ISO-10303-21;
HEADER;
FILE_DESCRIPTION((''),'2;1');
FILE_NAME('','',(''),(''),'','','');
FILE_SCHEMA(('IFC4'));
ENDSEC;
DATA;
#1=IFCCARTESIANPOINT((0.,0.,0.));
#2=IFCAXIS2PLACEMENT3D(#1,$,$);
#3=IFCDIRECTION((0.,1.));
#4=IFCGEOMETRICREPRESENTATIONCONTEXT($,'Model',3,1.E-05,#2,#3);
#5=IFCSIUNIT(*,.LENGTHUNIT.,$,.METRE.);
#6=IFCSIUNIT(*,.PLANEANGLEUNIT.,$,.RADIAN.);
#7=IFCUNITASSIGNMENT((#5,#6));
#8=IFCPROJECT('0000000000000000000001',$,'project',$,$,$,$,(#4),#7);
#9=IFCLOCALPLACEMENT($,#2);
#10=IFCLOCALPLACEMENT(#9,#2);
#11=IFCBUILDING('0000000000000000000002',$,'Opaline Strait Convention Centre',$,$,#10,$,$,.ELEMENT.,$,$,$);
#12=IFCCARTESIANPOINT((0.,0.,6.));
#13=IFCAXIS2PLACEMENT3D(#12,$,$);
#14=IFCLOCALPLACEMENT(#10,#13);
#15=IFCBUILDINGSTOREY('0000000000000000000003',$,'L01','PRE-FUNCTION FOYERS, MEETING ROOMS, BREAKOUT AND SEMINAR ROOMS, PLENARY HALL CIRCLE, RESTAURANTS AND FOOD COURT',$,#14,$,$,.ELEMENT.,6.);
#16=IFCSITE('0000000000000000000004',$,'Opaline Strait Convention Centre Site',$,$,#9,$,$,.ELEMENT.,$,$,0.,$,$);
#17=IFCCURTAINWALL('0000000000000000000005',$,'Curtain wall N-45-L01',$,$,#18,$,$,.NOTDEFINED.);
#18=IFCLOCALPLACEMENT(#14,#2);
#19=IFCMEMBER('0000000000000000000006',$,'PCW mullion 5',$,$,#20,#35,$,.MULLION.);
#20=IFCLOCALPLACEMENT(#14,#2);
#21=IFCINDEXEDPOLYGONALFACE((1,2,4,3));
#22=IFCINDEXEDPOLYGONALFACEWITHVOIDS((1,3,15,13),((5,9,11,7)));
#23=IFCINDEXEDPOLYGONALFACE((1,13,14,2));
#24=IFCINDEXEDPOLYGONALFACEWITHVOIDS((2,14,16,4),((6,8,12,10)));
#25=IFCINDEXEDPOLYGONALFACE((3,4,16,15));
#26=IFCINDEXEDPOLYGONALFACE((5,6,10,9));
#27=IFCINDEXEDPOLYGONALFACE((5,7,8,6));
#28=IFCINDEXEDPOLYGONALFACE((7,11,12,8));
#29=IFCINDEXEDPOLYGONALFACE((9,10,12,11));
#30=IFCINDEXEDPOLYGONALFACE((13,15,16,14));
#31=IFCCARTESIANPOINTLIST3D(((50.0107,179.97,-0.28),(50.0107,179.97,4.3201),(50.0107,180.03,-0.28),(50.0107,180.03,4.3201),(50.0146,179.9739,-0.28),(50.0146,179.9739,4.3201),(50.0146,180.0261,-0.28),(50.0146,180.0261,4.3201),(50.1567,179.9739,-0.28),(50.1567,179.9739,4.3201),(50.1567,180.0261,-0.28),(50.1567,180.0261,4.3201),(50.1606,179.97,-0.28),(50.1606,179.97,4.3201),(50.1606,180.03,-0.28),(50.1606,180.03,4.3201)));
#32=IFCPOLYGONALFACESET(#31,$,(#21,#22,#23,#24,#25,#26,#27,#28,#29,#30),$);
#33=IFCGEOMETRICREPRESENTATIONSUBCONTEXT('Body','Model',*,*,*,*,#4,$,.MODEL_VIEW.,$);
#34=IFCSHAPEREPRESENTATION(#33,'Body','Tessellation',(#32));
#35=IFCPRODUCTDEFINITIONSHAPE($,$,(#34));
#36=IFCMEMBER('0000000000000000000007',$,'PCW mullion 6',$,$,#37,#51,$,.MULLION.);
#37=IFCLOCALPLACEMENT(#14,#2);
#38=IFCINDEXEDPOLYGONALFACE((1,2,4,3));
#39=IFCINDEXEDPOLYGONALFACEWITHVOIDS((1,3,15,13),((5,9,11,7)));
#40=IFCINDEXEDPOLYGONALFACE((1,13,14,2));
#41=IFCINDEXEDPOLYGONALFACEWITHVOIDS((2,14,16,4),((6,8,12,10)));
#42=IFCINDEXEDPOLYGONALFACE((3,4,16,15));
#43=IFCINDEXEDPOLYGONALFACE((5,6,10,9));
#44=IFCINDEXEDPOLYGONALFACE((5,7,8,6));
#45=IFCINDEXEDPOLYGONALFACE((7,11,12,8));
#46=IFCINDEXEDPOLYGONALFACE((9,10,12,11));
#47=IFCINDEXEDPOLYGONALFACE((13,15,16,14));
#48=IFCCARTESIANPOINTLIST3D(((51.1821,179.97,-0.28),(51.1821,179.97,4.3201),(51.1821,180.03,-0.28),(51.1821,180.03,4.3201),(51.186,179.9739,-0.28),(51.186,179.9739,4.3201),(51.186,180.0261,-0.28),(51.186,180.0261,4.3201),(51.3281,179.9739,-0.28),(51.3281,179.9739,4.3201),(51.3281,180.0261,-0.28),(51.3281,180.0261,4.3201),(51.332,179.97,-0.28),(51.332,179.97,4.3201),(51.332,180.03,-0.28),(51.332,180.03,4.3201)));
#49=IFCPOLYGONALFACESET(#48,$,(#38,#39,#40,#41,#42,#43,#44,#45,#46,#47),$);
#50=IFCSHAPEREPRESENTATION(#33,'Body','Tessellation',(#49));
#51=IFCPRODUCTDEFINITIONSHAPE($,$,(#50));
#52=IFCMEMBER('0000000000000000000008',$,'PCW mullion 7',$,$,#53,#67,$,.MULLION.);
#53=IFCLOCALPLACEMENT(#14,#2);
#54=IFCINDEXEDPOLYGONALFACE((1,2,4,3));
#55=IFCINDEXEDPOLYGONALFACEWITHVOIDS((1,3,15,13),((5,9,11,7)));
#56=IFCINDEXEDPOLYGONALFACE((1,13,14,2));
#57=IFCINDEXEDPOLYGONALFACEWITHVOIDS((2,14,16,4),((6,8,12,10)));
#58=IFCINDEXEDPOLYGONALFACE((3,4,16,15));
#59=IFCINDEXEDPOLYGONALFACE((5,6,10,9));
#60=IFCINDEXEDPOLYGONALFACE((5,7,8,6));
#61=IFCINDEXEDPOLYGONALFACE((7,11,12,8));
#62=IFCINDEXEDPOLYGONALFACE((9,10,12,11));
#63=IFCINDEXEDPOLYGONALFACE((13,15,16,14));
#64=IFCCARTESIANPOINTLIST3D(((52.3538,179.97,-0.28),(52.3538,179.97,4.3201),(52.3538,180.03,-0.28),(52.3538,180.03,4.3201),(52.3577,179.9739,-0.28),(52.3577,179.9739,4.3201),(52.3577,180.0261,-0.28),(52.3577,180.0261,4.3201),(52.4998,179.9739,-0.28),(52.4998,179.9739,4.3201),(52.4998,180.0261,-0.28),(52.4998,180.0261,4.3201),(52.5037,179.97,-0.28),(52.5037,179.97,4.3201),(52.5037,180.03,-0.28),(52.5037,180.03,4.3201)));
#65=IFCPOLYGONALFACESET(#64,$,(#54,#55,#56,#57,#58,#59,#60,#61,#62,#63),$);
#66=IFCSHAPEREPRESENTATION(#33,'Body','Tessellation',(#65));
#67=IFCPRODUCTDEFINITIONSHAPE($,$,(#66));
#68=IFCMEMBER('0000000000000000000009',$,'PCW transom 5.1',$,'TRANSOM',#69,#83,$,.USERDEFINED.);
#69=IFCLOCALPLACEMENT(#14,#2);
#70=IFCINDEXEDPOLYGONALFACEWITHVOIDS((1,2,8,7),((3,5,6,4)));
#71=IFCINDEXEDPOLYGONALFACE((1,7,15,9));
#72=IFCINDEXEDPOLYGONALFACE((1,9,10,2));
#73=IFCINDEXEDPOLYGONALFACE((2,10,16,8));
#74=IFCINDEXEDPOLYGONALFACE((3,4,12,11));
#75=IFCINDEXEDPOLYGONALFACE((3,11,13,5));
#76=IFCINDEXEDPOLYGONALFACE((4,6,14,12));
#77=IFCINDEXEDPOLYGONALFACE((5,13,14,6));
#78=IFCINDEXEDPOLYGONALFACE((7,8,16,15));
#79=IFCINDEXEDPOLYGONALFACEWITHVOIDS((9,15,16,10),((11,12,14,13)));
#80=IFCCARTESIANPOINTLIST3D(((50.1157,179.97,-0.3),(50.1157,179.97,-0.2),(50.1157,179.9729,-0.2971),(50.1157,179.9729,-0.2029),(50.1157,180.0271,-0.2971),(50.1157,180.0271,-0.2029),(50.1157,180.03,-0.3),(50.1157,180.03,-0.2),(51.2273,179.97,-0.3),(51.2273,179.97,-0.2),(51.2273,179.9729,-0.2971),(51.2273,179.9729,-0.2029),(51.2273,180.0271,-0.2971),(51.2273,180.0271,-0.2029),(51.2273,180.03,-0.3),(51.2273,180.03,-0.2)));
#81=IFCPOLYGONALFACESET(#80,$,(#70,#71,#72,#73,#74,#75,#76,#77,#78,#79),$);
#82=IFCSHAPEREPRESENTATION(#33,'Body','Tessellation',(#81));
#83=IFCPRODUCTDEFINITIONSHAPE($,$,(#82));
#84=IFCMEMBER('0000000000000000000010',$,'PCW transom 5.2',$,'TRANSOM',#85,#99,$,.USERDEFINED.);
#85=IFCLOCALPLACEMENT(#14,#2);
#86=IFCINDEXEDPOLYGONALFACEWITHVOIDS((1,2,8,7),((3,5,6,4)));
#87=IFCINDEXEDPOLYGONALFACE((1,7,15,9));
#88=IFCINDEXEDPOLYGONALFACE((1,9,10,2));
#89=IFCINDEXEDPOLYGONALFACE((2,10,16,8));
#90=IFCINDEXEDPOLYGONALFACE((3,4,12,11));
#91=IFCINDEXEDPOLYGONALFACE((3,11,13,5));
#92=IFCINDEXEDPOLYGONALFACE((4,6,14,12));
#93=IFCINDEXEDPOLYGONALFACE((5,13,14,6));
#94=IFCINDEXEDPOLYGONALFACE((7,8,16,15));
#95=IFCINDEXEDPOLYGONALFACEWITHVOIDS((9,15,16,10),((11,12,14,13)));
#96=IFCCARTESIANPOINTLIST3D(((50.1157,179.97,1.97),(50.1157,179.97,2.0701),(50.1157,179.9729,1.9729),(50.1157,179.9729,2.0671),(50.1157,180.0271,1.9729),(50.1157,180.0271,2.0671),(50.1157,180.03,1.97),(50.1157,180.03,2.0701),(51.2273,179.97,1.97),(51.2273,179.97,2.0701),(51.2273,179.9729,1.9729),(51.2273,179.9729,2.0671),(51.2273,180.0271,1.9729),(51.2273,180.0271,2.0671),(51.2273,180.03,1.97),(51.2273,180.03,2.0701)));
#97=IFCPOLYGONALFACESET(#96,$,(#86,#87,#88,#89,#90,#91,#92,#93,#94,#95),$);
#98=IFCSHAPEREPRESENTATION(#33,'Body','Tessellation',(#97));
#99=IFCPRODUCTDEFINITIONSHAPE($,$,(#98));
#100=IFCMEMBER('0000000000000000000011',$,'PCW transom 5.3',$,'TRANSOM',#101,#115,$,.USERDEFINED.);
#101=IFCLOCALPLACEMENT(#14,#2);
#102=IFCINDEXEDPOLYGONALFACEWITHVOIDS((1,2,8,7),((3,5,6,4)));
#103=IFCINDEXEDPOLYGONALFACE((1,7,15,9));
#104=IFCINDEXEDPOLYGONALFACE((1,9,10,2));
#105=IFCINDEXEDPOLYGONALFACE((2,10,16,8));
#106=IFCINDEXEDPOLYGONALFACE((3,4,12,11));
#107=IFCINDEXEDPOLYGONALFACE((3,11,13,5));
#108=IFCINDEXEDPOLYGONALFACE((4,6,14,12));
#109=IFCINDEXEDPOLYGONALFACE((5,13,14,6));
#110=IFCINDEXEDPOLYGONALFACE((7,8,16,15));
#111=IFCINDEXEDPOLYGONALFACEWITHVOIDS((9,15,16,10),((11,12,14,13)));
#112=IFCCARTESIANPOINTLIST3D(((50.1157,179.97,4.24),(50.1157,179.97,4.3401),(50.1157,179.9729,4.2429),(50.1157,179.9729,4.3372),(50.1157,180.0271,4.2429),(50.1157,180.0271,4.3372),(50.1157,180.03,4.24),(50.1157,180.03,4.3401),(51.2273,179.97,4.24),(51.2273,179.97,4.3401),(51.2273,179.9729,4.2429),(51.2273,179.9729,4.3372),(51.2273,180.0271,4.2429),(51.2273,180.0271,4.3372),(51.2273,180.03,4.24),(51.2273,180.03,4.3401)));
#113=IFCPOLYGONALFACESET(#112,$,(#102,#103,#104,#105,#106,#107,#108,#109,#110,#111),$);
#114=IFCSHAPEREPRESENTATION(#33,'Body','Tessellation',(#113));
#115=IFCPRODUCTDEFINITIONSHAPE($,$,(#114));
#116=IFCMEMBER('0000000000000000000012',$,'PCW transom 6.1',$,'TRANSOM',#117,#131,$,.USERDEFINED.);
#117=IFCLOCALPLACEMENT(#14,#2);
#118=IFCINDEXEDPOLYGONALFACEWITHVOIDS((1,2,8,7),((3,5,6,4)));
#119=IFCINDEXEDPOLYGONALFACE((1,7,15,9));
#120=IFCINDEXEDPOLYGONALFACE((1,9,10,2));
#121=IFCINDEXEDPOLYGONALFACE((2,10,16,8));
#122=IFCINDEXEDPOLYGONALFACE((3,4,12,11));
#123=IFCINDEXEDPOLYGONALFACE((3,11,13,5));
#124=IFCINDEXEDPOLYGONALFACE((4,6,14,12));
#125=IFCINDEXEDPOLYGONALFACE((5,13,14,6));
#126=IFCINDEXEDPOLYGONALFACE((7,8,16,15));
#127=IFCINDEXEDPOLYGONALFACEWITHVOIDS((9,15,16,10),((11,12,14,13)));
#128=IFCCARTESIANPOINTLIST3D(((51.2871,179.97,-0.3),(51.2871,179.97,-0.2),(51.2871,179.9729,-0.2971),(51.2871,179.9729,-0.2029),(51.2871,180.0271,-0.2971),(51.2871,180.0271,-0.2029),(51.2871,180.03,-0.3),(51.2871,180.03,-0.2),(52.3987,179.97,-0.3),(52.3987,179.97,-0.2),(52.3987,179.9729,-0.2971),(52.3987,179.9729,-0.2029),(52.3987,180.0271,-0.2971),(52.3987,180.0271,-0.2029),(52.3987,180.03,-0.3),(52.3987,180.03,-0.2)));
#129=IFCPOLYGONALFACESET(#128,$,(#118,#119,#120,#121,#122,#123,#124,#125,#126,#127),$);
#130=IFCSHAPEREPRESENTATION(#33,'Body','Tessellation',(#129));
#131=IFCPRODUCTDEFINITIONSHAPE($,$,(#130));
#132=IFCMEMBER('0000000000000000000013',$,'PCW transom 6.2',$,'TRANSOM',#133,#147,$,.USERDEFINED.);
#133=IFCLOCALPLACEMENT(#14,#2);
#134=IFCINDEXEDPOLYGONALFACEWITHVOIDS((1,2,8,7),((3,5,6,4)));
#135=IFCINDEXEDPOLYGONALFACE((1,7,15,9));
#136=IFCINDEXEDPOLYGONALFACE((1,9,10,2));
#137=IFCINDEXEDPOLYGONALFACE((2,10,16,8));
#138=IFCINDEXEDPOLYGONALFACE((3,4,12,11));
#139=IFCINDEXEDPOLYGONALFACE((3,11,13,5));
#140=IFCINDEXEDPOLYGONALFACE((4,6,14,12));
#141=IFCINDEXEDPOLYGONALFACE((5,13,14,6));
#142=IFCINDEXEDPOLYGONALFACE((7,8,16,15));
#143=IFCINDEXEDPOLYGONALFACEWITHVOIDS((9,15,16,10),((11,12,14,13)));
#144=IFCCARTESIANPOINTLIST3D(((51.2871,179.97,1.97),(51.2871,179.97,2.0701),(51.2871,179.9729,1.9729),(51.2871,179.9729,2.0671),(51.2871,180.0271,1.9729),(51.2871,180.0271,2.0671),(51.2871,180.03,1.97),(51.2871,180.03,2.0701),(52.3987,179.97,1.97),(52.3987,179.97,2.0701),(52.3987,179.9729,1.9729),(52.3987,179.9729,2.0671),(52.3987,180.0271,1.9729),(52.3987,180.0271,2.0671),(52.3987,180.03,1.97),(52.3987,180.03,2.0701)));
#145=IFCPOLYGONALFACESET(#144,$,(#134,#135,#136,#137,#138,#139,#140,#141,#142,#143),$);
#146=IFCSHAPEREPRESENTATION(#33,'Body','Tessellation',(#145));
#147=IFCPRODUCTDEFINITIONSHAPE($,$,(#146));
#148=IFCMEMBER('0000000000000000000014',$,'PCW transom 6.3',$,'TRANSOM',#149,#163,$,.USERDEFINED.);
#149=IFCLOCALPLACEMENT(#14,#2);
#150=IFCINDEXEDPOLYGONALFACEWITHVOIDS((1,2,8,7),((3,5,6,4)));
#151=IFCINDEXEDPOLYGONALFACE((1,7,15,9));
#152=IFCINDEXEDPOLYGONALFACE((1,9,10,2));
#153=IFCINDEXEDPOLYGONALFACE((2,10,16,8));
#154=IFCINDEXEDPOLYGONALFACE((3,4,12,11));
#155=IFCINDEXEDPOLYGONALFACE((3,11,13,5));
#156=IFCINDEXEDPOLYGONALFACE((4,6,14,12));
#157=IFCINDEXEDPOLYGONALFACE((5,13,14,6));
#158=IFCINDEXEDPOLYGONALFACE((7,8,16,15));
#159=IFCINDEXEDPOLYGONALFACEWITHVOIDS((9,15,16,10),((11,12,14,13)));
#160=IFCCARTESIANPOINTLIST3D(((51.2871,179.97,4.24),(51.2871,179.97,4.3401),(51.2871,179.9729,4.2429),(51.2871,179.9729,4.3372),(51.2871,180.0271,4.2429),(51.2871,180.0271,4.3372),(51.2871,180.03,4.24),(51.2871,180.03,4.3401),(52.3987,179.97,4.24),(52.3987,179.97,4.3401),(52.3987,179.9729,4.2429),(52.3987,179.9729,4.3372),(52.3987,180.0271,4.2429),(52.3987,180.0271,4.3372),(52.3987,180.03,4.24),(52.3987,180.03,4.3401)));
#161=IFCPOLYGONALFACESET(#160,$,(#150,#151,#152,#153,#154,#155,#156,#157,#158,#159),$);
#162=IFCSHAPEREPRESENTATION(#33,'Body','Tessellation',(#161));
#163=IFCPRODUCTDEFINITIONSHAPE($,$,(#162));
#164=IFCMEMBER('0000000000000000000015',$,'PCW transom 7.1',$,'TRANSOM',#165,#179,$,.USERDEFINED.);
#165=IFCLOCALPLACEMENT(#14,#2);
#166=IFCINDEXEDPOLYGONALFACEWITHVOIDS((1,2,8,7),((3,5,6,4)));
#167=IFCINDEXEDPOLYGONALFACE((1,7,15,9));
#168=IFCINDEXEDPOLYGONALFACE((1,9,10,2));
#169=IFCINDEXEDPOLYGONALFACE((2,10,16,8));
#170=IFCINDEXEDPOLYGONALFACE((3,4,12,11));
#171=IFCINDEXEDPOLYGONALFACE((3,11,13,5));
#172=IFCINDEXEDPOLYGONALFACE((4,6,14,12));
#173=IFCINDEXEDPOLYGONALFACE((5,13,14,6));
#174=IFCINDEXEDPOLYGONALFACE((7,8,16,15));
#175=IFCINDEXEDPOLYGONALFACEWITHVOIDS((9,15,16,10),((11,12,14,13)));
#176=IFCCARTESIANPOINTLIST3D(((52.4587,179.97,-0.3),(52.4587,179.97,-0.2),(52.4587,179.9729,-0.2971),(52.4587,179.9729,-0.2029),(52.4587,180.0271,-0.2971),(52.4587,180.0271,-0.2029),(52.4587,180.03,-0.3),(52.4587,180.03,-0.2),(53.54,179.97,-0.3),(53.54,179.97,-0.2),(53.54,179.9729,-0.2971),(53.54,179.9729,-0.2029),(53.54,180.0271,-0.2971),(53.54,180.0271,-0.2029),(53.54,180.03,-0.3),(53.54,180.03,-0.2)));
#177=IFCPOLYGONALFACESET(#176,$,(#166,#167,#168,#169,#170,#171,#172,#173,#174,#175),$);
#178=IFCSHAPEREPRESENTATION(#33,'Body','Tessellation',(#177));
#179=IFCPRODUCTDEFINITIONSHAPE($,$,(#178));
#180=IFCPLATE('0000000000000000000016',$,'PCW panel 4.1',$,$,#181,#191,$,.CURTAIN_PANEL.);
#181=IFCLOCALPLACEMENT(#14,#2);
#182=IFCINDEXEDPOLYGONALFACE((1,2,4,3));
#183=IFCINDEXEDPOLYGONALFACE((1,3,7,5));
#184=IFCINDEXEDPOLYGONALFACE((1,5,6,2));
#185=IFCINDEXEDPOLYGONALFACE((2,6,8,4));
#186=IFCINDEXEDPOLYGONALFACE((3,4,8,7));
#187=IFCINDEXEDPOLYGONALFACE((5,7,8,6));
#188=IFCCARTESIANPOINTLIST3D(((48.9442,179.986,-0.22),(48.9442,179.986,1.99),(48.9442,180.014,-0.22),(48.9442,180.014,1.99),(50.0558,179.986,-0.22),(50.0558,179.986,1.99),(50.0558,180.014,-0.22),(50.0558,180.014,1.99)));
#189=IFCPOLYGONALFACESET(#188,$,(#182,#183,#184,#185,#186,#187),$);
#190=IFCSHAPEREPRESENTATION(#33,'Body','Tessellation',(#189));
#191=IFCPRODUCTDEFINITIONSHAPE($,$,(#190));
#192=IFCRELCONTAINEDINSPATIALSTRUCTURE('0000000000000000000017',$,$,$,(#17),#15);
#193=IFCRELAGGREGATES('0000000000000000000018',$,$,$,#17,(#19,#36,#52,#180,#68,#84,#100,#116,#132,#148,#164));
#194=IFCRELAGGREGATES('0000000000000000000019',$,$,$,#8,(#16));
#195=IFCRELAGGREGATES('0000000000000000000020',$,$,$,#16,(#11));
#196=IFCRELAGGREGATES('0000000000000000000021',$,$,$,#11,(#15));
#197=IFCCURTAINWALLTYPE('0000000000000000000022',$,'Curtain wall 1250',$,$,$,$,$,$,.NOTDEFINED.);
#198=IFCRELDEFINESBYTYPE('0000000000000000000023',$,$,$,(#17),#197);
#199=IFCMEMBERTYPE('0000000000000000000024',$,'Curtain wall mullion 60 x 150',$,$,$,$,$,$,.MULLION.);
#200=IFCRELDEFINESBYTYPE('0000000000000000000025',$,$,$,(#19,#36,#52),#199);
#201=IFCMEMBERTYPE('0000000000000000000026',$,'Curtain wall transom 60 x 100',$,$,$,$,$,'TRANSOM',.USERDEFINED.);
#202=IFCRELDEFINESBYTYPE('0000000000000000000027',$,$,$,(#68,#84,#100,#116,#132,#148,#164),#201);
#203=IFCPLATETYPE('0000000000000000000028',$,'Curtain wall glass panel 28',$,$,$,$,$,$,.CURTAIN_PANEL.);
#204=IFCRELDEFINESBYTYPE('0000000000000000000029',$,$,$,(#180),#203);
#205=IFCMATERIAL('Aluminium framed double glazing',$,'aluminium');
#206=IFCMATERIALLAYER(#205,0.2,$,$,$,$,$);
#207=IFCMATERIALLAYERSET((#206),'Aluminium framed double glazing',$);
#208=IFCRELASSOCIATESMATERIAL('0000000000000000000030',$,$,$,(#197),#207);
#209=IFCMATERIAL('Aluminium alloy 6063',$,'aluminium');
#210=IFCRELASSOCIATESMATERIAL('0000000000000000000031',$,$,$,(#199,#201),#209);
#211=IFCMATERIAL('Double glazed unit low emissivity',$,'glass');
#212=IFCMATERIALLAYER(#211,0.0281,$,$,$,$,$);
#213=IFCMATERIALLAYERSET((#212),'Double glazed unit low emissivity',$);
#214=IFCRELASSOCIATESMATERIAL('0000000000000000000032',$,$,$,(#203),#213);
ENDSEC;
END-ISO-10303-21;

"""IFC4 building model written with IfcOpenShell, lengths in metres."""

from ifc_helpers import new_model, si_unit, direction, frame, origin, origin_2d, place, context, subcontext, project, spatial, rectangle, hollow_rectangle, extrude, material, layer, layer_set, material_profile, profile_set, type_object, element, aggregate, save


model = new_model("IFC4")

# Units and contexts
model_context = context("Model", 3, precision=1e-05, world=origin(), true_north=direction((0.0, 1.0)))
body_context = subcontext(model_context, "Body", "Model", "MODEL_VIEW")
ifc_project = project(units=[si_unit("LENGTHUNIT", "METRE"), si_unit("PLANEANGLEUNIT", "RADIAN")], contexts=[model_context])

# Site, building, storey
site_placement = place(None, origin())
site = spatial("IfcSite", under=ifc_project, at=site_placement, Name="Opaline Strait Convention Centre Site", CompositionType="ELEMENT", RefElevation=0.0)
building_placement = place(site_placement, origin())
building = spatial("IfcBuilding", under=site, at=building_placement, Name="Opaline Strait Convention Centre", CompositionType="ELEMENT")
storey_placement = place(building_placement, frame((0.0, 0.0, 6.0)))
storey = spatial("IfcBuildingStorey", under=building, at=storey_placement, Name="L01", Description="PRE-FUNCTION FOYERS, MEETING ROOMS, BREAKOUT AND SEMINAR ROOMS, PLENARY HALL CIRCLE, RESTAURANTS AND FOOD COURT", CompositionType="ELEMENT", Elevation=6.0)

# Curtain wall, members, plate
ifc_material_1 = material(Name="Aluminium framed double glazing", Category="aluminium")
ifc_layer_1 = layer(ifc_material_1, 0.2)
ifc_layer_set_1 = layer_set([ifc_layer_1], Name="Aluminium framed double glazing")
curtain_wall_type = type_object("IfcCurtainWallType", Name="Curtain wall 1250", PredefinedType="NOTDEFINED", material=ifc_layer_set_1)
curtain_wall_placement = place(storey_placement, origin())
curtain_wall = element("IfcCurtainWall", 1, at=curtain_wall_placement, inside=storey, type_object=curtain_wall_type, Name="Curtain wall N-45-L01", PredefinedType="NOTDEFINED")
ifc_material_2 = material(Name="Aluminium alloy 6063", Category="aluminium")
ifc_material_profile_1 = material_profile(ifc_material_2, hollow_rectangle(XDim=0.0601, YDim=0.1499, WallThickness=0.0039, at=origin_2d()), Name="MULLION 60x150x4")
ifc_profile_set_1 = profile_set([ifc_material_profile_1], Name="Aluminium alloy 6063")
member_type_1 = type_object("IfcMemberType", Name="Curtain wall mullion 60 x 150", PredefinedType="MULLION", material=ifc_profile_set_1)
member_1_placement = place(storey_placement, frame((50.0857, 180.0, -0.28), z_axis=(0.0, 0.0, 1.0), x_axis=(0.0, 1.0, 0.0)))
member_1 = element("IfcMember", 2, at=member_1_placement, type_object=member_type_1, Name="PCW mullion 5", PredefinedType="MULLION", context=body_context, shape_type="SweptSolid", body=[
    extrude(hollow_rectangle(XDim=0.0601, YDim=0.1499, WallThickness=0.0039, at=origin_2d()), origin(), (0.0, 0.0, 1.0), 4.6001),
])
member_2_placement = place(storey_placement, frame((51.2571, 180.0, -0.28), z_axis=(0.0, 0.0, 1.0), x_axis=(0.0, 1.0, 0.0)))
member_2 = element("IfcMember", 3, at=member_2_placement, type_object=member_type_1, Name="PCW mullion 6", PredefinedType="MULLION", context=body_context, shape_type="SweptSolid", body=[
    extrude(hollow_rectangle(XDim=0.0601, YDim=0.1499, WallThickness=0.0039, at=origin_2d()), origin(), (0.0, 0.0, 1.0), 4.6001),
])
member_3_placement = place(storey_placement, frame((52.4287, 180.0, -0.28), z_axis=(0.0, 0.0, 1.0), x_axis=(0.0, 1.0, 0.0)))
member_3 = element("IfcMember", 4, at=member_3_placement, type_object=member_type_1, Name="PCW mullion 7", PredefinedType="MULLION", context=body_context, shape_type="SweptSolid", body=[
    extrude(hollow_rectangle(XDim=0.0601, YDim=0.1499, WallThickness=0.0039, at=origin_2d()), origin(), (0.0, 0.0, 1.0), 4.6001),
])
ifc_material_profile_2 = material_profile(ifc_material_2, hollow_rectangle(XDim=0.0601, YDim=0.1001, WallThickness=0.0029, at=origin_2d()), Name="TRANSOM 60x100x3")
ifc_profile_set_2 = profile_set([ifc_material_profile_2], Name="Aluminium alloy 6063")
member_type_2 = type_object("IfcMemberType", Name="Curtain wall transom 60 x 100", ElementType="TRANSOM", PredefinedType="USERDEFINED", material=ifc_profile_set_2)
member_4_placement = place(storey_placement, frame((50.1157, 180.0, -0.25), z_axis=(1.0, 0.0, 0.0), x_axis=(0.0, 1.0, 0.0)))
member_4 = element("IfcMember", 5, at=member_4_placement, type_object=member_type_2, Name="PCW transom 5.1", ObjectType="TRANSOM", PredefinedType="USERDEFINED", context=body_context, shape_type="SweptSolid", body=[
    extrude(hollow_rectangle(XDim=0.0601, YDim=0.1001, WallThickness=0.0029, at=origin_2d()), origin(), (0.0, 0.0, 1.0), 1.1116),
])
member_5_placement = place(storey_placement, frame((50.1157, 180.0, 2.02), z_axis=(1.0, 0.0, 0.0), x_axis=(0.0, 1.0, 0.0)))
member_5 = element("IfcMember", 6, at=member_5_placement, type_object=member_type_2, Name="PCW transom 5.2", ObjectType="TRANSOM", PredefinedType="USERDEFINED", context=body_context, shape_type="SweptSolid", body=[
    extrude(hollow_rectangle(XDim=0.0601, YDim=0.1001, WallThickness=0.0029, at=origin_2d()), origin(), (0.0, 0.0, 1.0), 1.1116),
])
member_6_placement = place(storey_placement, frame((50.1157, 180.0, 4.29), z_axis=(1.0, 0.0, 0.0), x_axis=(0.0, 1.0, 0.0)))
member_6 = element("IfcMember", 7, at=member_6_placement, type_object=member_type_2, Name="PCW transom 5.3", ObjectType="TRANSOM", PredefinedType="USERDEFINED", context=body_context, shape_type="SweptSolid", body=[
    extrude(hollow_rectangle(XDim=0.0601, YDim=0.1001, WallThickness=0.0029, at=origin_2d()), origin(), (0.0, 0.0, 1.0), 1.1116),
])
member_7_placement = place(storey_placement, frame((51.2871, 180.0, -0.25), z_axis=(1.0, 0.0, 0.0), x_axis=(0.0, 1.0, 0.0)))
member_7 = element("IfcMember", 8, at=member_7_placement, type_object=member_type_2, Name="PCW transom 6.1", ObjectType="TRANSOM", PredefinedType="USERDEFINED", context=body_context, shape_type="SweptSolid", body=[
    extrude(hollow_rectangle(XDim=0.0601, YDim=0.1001, WallThickness=0.0029, at=origin_2d()), origin(), (0.0, 0.0, 1.0), 1.1116),
])
member_8_placement = place(storey_placement, frame((51.2871, 180.0, 2.02), z_axis=(1.0, 0.0, 0.0), x_axis=(0.0, 1.0, 0.0)))
member_8 = element("IfcMember", 9, at=member_8_placement, type_object=member_type_2, Name="PCW transom 6.2", ObjectType="TRANSOM", PredefinedType="USERDEFINED", context=body_context, shape_type="SweptSolid", body=[
    extrude(hollow_rectangle(XDim=0.0601, YDim=0.1001, WallThickness=0.0029, at=origin_2d()), origin(), (0.0, 0.0, 1.0), 1.1116),
])
member_9_placement = place(storey_placement, frame((51.2871, 180.0, 4.29), z_axis=(1.0, 0.0, 0.0), x_axis=(0.0, 1.0, 0.0)))
member_9 = element("IfcMember", 10, at=member_9_placement, type_object=member_type_2, Name="PCW transom 6.3", ObjectType="TRANSOM", PredefinedType="USERDEFINED", context=body_context, shape_type="SweptSolid", body=[
    extrude(hollow_rectangle(XDim=0.0601, YDim=0.1001, WallThickness=0.0029, at=origin_2d()), origin(), (0.0, 0.0, 1.0), 1.1116),
])
member_10_placement = place(storey_placement, frame((52.4587, 180.0, -0.25), z_axis=(1.0, 0.0, 0.0), x_axis=(0.0, 1.0, 0.0)))
member_10 = element("IfcMember", 11, at=member_10_placement, type_object=member_type_2, Name="PCW transom 7.1", ObjectType="TRANSOM", PredefinedType="USERDEFINED", context=body_context, shape_type="SweptSolid", body=[
    extrude(hollow_rectangle(XDim=0.0601, YDim=0.1001, WallThickness=0.0029, at=origin_2d()), origin(), (0.0, 0.0, 1.0), 1.0813),
])
ifc_material_3 = material(Name="Double glazed unit low emissivity", Category="glass")
ifc_layer_2 = layer(ifc_material_3, 0.0281)
ifc_layer_set_2 = layer_set([ifc_layer_2], Name="Double glazed unit low emissivity")
plate_type = type_object("IfcPlateType", Name="Curtain wall glass panel 28", PredefinedType="CURTAIN_PANEL", material=ifc_layer_set_2)
plate_1_placement = place(storey_placement, frame((49.5, 180.0, -0.22), z_axis=(0.0, 0.0, 1.0), x_axis=(1.0, 0.0, 0.0)))
plate_1 = element("IfcPlate", 12, at=plate_1_placement, type_object=plate_type, Name="PCW panel 4.1", PredefinedType="CURTAIN_PANEL", context=body_context, shape_type="SweptSolid", body=[
    extrude(rectangle(XDim=1.1116, YDim=0.0281, at=origin_2d()), origin(), (0.0, 0.0, 1.0), 2.21),
])
aggregate(curtain_wall, [member_1, member_2, member_3, plate_1, member_4, member_5, member_6, member_7, member_8, member_9, member_10])

save(model, "model.ifc")
